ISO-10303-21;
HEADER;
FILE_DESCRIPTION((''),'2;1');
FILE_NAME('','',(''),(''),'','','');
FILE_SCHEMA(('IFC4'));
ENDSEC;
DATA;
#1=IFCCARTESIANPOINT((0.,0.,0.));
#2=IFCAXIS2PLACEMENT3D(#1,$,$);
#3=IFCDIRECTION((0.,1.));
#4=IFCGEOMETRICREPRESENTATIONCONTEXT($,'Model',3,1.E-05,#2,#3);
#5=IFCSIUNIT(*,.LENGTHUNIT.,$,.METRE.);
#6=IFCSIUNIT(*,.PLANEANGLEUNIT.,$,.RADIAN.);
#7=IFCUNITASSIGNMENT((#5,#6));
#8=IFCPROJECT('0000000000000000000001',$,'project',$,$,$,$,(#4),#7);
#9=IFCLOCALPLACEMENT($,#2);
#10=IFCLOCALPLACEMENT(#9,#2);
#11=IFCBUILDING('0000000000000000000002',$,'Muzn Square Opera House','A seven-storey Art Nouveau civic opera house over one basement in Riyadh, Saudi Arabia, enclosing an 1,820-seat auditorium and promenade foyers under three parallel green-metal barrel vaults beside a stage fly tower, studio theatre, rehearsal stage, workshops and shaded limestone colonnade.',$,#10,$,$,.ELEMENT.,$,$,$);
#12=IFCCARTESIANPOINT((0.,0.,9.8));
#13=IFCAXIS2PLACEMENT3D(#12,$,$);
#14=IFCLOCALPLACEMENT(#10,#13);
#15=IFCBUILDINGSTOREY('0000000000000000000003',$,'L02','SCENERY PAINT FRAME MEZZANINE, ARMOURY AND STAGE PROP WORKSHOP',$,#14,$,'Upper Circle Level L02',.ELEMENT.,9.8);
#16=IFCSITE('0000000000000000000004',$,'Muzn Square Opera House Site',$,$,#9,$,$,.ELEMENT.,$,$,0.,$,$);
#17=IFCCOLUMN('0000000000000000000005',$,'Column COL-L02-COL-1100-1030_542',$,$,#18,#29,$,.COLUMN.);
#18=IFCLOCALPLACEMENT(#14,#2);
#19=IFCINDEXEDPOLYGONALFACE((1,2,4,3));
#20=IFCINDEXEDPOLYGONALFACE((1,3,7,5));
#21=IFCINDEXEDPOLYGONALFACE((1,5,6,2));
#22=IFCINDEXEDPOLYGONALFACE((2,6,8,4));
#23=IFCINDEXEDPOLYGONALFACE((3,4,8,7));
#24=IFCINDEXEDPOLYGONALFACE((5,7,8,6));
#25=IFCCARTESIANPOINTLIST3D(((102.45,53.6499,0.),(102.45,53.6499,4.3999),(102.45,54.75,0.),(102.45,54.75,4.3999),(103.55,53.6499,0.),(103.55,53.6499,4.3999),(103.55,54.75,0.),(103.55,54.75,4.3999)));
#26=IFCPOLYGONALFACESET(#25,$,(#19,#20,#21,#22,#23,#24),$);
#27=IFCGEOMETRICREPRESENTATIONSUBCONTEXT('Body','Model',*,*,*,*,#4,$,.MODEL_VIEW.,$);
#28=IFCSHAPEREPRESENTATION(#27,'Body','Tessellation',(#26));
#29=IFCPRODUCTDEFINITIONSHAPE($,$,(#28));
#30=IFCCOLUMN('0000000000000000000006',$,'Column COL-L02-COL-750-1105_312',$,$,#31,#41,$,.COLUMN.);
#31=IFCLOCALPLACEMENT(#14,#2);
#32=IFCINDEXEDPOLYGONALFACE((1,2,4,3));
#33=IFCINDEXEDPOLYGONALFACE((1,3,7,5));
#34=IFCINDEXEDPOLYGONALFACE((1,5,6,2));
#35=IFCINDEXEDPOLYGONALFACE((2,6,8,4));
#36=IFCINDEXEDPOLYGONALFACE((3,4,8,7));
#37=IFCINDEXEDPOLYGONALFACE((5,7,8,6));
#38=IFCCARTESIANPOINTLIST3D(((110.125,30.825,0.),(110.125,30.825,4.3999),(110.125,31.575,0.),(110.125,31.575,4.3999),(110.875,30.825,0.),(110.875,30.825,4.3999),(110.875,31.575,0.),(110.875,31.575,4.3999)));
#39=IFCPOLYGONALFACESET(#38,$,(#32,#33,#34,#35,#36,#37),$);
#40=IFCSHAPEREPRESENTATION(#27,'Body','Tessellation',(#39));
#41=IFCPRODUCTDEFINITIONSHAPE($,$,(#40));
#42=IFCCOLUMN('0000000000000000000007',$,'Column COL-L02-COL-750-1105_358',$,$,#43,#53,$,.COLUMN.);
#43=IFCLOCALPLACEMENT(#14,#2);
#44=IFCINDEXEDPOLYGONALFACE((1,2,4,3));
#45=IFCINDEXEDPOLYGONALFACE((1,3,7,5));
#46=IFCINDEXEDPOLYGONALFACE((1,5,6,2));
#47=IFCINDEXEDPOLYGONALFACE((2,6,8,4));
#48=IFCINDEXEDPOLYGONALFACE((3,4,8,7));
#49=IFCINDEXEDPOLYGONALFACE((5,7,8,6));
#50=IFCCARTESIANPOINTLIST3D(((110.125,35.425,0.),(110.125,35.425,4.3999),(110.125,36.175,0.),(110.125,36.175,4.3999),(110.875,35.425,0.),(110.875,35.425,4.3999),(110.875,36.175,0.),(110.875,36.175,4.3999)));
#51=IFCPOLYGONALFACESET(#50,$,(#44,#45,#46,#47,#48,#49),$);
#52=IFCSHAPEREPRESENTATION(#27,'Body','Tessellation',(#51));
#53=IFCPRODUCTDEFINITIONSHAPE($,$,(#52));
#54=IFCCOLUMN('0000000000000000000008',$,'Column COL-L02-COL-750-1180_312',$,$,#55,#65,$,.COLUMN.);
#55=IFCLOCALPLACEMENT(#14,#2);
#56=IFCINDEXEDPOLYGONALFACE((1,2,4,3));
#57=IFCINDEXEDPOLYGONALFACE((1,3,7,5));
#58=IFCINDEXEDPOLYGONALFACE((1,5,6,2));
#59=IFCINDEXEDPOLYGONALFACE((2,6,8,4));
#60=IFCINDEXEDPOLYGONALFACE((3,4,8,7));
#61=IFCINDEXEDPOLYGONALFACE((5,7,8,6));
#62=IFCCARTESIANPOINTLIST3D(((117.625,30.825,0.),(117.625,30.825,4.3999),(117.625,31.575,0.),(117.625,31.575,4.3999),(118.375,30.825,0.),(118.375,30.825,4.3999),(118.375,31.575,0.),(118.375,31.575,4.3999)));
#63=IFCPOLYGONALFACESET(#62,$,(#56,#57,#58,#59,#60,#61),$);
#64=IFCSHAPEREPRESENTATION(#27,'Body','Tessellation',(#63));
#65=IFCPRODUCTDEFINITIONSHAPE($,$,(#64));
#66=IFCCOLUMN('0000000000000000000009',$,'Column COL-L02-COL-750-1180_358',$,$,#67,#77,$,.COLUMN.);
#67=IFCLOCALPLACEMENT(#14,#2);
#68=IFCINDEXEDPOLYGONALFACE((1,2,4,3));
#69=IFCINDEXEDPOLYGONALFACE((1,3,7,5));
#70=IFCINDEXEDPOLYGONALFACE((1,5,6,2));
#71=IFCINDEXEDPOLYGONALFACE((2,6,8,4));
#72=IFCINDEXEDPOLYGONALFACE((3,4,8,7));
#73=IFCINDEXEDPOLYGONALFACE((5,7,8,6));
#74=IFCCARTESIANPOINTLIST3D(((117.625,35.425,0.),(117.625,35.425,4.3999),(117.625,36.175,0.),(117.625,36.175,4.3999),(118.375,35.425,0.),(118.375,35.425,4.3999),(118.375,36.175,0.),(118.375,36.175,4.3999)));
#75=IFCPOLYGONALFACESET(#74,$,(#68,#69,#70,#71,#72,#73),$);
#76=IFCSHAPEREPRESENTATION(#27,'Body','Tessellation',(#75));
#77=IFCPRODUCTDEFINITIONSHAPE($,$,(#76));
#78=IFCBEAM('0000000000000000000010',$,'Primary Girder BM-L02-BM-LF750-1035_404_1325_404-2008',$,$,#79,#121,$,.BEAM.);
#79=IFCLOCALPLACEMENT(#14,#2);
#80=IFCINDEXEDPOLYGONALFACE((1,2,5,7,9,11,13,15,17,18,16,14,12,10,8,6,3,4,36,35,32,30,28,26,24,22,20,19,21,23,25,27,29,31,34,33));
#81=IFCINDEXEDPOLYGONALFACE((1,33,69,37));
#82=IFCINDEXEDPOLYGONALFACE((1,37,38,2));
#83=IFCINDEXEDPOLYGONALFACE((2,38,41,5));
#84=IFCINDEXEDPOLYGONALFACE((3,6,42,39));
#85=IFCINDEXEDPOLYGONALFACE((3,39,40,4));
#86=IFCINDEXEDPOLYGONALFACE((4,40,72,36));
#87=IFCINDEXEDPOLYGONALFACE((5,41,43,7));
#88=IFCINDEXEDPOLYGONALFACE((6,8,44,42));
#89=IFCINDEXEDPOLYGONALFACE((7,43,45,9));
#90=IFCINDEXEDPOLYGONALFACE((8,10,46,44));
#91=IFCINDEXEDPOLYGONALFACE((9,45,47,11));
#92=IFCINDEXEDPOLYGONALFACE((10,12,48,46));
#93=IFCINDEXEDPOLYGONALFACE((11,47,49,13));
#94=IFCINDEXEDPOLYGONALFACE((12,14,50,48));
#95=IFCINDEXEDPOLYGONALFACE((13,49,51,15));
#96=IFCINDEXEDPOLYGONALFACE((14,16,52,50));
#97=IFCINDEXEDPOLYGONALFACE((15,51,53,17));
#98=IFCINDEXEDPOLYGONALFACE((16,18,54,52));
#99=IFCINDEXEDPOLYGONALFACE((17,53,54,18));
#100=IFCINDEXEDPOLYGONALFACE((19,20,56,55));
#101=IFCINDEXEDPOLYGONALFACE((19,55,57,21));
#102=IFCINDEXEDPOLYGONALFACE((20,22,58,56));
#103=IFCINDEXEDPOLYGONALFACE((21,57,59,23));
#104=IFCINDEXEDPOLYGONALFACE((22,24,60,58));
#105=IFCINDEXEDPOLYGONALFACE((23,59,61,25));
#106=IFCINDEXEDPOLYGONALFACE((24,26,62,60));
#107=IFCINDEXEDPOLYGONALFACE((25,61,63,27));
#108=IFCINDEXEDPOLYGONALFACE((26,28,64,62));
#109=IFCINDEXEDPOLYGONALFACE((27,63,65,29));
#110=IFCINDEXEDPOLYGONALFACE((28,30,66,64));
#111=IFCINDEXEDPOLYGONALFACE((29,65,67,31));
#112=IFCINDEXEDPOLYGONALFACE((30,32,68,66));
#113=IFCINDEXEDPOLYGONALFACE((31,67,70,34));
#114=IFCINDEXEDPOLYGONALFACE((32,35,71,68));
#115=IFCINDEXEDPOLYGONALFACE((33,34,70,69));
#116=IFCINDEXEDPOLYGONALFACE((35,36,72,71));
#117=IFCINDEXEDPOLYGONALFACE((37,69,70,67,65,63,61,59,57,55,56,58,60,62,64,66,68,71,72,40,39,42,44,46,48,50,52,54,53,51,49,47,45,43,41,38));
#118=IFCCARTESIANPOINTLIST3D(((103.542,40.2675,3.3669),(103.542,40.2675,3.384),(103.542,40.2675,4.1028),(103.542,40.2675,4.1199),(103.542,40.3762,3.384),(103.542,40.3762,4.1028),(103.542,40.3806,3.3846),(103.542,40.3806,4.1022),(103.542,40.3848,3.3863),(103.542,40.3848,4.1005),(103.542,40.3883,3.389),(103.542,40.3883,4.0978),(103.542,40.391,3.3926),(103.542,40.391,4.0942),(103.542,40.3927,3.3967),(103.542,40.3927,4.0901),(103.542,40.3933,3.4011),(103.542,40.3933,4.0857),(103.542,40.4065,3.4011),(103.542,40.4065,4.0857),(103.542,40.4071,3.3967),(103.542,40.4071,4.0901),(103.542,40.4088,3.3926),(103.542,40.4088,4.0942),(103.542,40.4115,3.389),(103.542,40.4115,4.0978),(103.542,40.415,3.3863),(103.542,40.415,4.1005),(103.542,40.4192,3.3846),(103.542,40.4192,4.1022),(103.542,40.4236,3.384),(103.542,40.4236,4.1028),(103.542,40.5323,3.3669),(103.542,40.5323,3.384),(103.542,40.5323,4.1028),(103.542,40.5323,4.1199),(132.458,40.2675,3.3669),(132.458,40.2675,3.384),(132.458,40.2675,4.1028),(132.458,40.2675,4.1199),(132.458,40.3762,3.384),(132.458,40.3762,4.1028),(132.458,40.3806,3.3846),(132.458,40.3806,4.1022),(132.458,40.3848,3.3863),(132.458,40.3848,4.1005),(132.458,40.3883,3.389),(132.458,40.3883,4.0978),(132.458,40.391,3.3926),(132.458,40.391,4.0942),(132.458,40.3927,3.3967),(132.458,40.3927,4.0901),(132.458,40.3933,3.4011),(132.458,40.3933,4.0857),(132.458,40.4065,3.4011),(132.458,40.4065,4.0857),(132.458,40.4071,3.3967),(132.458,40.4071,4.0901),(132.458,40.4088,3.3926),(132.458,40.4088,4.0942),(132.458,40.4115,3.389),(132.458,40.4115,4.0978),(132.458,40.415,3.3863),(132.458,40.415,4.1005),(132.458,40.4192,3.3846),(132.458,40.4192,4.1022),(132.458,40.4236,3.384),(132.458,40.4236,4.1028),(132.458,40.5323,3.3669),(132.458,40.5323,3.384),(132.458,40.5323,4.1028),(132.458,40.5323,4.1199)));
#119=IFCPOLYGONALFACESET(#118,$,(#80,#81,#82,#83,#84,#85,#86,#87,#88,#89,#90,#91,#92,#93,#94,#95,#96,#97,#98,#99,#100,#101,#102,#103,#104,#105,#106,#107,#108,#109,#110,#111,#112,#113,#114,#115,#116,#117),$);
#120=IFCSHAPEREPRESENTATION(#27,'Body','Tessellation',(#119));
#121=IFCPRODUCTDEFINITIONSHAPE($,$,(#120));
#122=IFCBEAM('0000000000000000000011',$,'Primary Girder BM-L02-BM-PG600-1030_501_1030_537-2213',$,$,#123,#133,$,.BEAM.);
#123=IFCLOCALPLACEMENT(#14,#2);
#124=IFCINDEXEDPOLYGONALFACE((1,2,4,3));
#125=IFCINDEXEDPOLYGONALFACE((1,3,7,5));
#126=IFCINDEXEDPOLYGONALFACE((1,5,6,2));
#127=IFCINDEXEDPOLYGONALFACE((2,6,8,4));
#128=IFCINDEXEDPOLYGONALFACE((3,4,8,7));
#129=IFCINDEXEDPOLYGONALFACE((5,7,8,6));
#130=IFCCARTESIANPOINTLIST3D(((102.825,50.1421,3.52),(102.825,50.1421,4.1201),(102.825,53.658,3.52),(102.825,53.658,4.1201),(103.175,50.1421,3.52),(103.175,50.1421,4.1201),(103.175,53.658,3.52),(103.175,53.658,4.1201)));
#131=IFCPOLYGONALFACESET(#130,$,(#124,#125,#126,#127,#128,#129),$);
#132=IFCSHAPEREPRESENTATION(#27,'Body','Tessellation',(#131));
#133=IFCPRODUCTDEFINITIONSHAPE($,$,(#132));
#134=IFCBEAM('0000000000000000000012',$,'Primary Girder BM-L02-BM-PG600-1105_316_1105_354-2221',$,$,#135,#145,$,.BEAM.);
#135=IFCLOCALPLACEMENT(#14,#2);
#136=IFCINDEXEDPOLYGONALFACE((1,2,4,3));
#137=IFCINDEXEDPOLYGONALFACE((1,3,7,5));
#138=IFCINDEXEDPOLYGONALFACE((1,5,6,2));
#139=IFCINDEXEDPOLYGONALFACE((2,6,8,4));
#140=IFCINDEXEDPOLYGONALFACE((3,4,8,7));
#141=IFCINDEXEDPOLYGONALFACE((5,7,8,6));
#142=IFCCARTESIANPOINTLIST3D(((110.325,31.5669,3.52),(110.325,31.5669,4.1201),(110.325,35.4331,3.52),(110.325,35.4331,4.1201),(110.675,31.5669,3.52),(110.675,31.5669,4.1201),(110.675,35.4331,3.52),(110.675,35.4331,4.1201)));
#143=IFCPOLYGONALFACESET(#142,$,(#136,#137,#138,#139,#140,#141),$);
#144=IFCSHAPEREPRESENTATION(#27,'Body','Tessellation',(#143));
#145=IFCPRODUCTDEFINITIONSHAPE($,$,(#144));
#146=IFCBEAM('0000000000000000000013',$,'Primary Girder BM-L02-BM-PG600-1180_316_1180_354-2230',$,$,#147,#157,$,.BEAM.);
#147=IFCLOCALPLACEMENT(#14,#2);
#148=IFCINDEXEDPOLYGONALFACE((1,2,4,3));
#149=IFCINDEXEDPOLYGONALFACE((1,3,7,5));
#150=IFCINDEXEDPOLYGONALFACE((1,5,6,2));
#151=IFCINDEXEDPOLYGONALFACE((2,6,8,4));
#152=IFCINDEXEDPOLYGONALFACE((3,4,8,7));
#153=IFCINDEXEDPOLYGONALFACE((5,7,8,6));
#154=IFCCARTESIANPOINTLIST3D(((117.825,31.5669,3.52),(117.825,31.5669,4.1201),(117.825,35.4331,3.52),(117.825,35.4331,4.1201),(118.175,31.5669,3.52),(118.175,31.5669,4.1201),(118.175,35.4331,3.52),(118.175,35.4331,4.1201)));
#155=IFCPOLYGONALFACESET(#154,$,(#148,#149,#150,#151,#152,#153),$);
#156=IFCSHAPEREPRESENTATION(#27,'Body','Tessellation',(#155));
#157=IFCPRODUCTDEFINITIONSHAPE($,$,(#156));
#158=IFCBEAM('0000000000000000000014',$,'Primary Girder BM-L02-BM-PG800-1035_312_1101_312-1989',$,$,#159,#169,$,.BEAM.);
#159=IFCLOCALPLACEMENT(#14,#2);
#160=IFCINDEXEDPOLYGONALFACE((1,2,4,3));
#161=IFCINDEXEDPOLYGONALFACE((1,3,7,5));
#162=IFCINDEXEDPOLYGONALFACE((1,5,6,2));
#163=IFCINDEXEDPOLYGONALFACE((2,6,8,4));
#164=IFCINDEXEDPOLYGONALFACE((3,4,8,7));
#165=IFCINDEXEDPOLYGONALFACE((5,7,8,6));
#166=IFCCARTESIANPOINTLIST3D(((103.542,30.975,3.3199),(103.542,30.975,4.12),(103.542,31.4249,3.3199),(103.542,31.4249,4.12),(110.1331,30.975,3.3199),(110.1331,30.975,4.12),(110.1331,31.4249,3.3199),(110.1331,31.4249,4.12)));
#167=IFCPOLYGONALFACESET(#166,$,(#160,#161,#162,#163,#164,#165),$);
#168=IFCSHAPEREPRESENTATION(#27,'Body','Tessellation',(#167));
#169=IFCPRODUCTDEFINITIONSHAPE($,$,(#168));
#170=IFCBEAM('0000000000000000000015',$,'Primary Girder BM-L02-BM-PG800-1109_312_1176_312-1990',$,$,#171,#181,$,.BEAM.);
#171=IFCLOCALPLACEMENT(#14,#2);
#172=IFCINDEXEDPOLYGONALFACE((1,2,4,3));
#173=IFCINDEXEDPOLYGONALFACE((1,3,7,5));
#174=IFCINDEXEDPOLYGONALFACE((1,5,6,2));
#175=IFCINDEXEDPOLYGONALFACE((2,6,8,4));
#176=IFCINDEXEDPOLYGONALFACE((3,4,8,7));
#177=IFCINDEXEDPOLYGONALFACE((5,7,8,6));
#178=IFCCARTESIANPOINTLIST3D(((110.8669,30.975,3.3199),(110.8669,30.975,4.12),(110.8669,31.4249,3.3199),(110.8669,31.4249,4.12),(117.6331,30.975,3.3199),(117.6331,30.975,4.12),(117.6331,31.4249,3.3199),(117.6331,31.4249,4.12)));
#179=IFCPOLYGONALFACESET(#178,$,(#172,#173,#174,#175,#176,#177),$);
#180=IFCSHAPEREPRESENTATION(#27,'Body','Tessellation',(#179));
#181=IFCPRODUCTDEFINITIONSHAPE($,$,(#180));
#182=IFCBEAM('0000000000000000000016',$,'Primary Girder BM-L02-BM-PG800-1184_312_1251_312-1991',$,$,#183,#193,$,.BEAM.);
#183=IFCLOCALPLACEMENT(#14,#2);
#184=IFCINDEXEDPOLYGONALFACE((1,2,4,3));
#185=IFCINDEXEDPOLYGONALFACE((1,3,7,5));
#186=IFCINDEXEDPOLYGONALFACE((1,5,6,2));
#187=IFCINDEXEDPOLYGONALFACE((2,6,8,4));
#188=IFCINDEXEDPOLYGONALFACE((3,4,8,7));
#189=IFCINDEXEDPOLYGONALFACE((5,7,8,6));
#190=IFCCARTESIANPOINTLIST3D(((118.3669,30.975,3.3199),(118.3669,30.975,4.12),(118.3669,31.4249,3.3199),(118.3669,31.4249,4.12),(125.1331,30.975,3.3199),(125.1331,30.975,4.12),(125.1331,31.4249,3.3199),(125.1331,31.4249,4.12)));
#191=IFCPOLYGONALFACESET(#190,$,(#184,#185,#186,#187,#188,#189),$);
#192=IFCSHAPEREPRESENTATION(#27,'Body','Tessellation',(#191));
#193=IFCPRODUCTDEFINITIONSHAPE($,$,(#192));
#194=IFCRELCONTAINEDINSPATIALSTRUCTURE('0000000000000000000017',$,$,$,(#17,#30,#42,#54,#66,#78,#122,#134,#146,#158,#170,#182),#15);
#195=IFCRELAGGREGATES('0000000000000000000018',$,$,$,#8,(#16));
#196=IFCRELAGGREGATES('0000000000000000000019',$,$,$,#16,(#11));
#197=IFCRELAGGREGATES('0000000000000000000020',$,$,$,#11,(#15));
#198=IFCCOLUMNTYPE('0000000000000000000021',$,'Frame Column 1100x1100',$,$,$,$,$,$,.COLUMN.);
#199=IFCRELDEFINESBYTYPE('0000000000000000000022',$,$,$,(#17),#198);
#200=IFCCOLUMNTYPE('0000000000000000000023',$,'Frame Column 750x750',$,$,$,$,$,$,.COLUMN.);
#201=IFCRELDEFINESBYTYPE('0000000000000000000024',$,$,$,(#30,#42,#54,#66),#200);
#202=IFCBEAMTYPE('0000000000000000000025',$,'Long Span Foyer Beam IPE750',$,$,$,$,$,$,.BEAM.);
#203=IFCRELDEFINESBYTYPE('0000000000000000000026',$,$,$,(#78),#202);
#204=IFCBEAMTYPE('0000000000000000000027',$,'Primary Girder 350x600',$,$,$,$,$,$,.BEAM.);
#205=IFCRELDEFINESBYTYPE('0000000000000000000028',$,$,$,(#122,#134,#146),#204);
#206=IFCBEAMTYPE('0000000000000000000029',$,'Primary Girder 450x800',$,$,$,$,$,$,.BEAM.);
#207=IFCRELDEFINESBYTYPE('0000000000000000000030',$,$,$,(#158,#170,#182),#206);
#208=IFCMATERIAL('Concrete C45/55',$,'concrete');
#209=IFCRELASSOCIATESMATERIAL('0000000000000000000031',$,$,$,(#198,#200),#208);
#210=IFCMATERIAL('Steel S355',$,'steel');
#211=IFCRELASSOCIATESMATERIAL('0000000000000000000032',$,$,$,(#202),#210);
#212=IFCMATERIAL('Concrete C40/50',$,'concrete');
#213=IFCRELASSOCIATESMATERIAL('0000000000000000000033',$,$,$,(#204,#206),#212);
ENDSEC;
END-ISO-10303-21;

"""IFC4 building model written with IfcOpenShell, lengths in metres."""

from ifc_helpers import new_model, si_unit, direction, frame, origin, origin_2d, place, context, subcontext, project, spatial, rectangle, i_section, extrude, material, material_profile, profile_set, type_object, element, save


model = new_model("IFC4")

# Units and contexts
model_context = context("Model", 3, precision=1e-05, world=origin(), true_north=direction((0.0, 1.0)))
body_context = subcontext(model_context, "Body", "Model", "MODEL_VIEW")
ifc_project = project(units=[si_unit("LENGTHUNIT", "METRE"), si_unit("PLANEANGLEUNIT", "RADIAN")], contexts=[model_context])

# Site, building, storey
site_placement = place(None, origin())
site = spatial("IfcSite", under=ifc_project, at=site_placement, Name="Muzn Square Opera House Site", CompositionType="ELEMENT", RefElevation=0.0)
building_placement = place(site_placement, origin())
building = spatial("IfcBuilding", under=site, at=building_placement, Name="Muzn Square Opera House", Description="A seven-storey Art Nouveau civic opera house over one basement in Riyadh, Saudi Arabia, enclosing an 1,820-seat auditorium and promenade foyers under three parallel green-metal barrel vaults beside a stage fly tower, studio theatre, rehearsal stage, workshops and shaded limestone colonnade.", CompositionType="ELEMENT")
storey_placement = place(building_placement, frame((0.0, 0.0, 9.8)))
storey = spatial("IfcBuildingStorey", under=building, at=storey_placement, Name="L02", Description="SCENERY PAINT FRAME MEZZANINE, ARMOURY AND STAGE PROP WORKSHOP", LongName="Upper Circle Level L02", CompositionType="ELEMENT", Elevation=9.8)

# Columns
ifc_material_1 = material(Name="Concrete C45/55", Category="concrete")
ifc_material_profile_1 = material_profile(ifc_material_1, rectangle(XDim=1.1001, YDim=1.1001, at=origin_2d()), Name="RC 1100x1100", Category="concrete")
ifc_profile_set_1 = profile_set([ifc_material_profile_1], Name="Concrete C45/55")
column_type_1 = type_object("IfcColumnType", Name="Frame Column 1100x1100", PredefinedType="COLUMN", material=ifc_profile_set_1)
column_placement = place(storey_placement, frame((103.0, 54.2, 0.0), z_axis=(0.0, 0.0, 1.0), x_axis=(1.0, 0.0, 0.0)))
element("IfcColumn", 1, at=column_placement, inside=storey, type_object=column_type_1, Name="Column COL-L02-COL-1100-1030_542", PredefinedType="COLUMN", context=body_context, shape_type="SweptSolid", body=[
    extrude(rectangle(XDim=1.1001, YDim=1.1001, at=origin_2d()), origin(), (0.0, 0.0, 1.0), 4.3999),
])
ifc_material_profile_2 = material_profile(ifc_material_1, rectangle(XDim=0.75, YDim=0.75, at=origin_2d()), Name="RC 750x750", Category="concrete")
ifc_profile_set_2 = profile_set([ifc_material_profile_2], Name="Concrete C45/55")
column_type_2 = type_object("IfcColumnType", Name="Frame Column 750x750", PredefinedType="COLUMN", material=ifc_profile_set_2)
for number, where, z_axis, x_axis, name in (
    (2, (110.5, 31.2, 0.0), (0.0, 0.0, 1.0), (1.0, 0.0, 0.0), "Column COL-L02-COL-750-1105_312"),
    (3, (110.5, 35.8, 0.0), (0.0, 0.0, 1.0), (1.0, 0.0, 0.0), "Column COL-L02-COL-750-1105_358"),
    (4, (118.0, 31.2, 0.0), (0.0, 0.0, 1.0), (1.0, 0.0, 0.0), "Column COL-L02-COL-750-1180_312"),
    (5, (118.0, 35.8, 0.0), (0.0, 0.0, 1.0), (1.0, 0.0, 0.0), "Column COL-L02-COL-750-1180_358"),
):
    element("IfcColumn", number, at=place(storey_placement, frame(where, z_axis=z_axis, x_axis=x_axis)), inside=storey, type_object=column_type_2, Name=name, PredefinedType="COLUMN", context=body_context, shape_type="SweptSolid", body=[
        extrude(rectangle(XDim=0.75, YDim=0.75, at=origin_2d()), origin(), (0.0, 0.0, 1.0), 4.3999),
    ])

# Beams
ifc_material_2 = material(Name="Steel S355", Category="steel")
ifc_material_profile_3 = material_profile(ifc_material_2, i_section(OverallWidth=0.2649, OverallDepth=0.7529, WebThickness=0.0132, FlangeThickness=0.0171, FilletRadius=0.0171, at=origin_2d()), Name="IPE 750x147", Category="steel")
ifc_profile_set_3 = profile_set([ifc_material_profile_3], Name="Steel S355")
beam_type_1 = type_object("IfcBeamType", Name="Long Span Foyer Beam IPE750", PredefinedType="BEAM", material=ifc_profile_set_3)
beam_1_placement = place(storey_placement, frame((103.542, 40.3999, 3.7434), z_axis=(1.0, 0.0, 0.0), x_axis=(0.0, 1.0, 0.0)))
element("IfcBeam", 6, at=beam_1_placement, inside=storey, type_object=beam_type_1, Name="Primary Girder BM-L02-BM-LF750-1035_404_1325_404-2008", PredefinedType="BEAM", context=body_context, shape_type="SweptSolid", body=[
    extrude(i_section(OverallWidth=0.2649, OverallDepth=0.7529, WebThickness=0.0132, FlangeThickness=0.0171, FilletRadius=0.0171, at=origin_2d()), origin(), (0.0, 0.0, 1.0), 28.916),
])
ifc_material_3 = material(Name="Concrete C40/50", Category="concrete")
ifc_material_profile_4 = material_profile(ifc_material_3, rectangle(XDim=0.3501, YDim=0.6001, at=origin_2d()), Name="RCB 350x600", Category="concrete")
ifc_profile_set_4 = profile_set([ifc_material_profile_4], Name="Concrete C40/50")
beam_type_2 = type_object("IfcBeamType", Name="Primary Girder 350x600", PredefinedType="BEAM", material=ifc_profile_set_4)
beam_2_placement = place(storey_placement, frame((103.0, 50.1421, 3.8201), z_axis=(0.0, 1.0, 0.0), x_axis=(-1.0, 0.0, 0.0)))
element("IfcBeam", 7, at=beam_2_placement, inside=storey, type_object=beam_type_2, Name="Primary Girder BM-L02-BM-PG600-1030_501_1030_537-2213", PredefinedType="BEAM", context=body_context, shape_type="SweptSolid", body=[
    extrude(rectangle(XDim=0.3501, YDim=0.6001, at=origin_2d()), origin(), (0.0, 0.0, 1.0), 3.5159),
])
for number, where, z_axis, x_axis, name in (
    (8, (110.5, 31.5669, 3.8201), (0.0, 1.0, 0.0), (-1.0, 0.0, 0.0), "Primary Girder BM-L02-BM-PG600-1105_316_1105_354-2221"),
    (9, (118.0, 31.5669, 3.8201), (0.0, 1.0, 0.0), (-1.0, 0.0, 0.0), "Primary Girder BM-L02-BM-PG600-1180_316_1180_354-2230"),
):
    element("IfcBeam", number, at=place(storey_placement, frame(where, z_axis=z_axis, x_axis=x_axis)), inside=storey, type_object=beam_type_2, Name=name, PredefinedType="BEAM", context=body_context, shape_type="SweptSolid", body=[
        extrude(rectangle(XDim=0.3501, YDim=0.6001, at=origin_2d()), origin(), (0.0, 0.0, 1.0), 3.8662),
    ])
ifc_material_profile_5 = material_profile(ifc_material_3, rectangle(XDim=0.45, YDim=0.8, at=origin_2d()), Name="RCB 450x800", Category="concrete")
ifc_profile_set_5 = profile_set([ifc_material_profile_5], Name="Concrete C40/50")
beam_type_3 = type_object("IfcBeamType", Name="Primary Girder 450x800", PredefinedType="BEAM", material=ifc_profile_set_5)
beam_3_placement = place(storey_placement, frame((103.542, 31.2, 3.72), z_axis=(1.0, 0.0, 0.0), x_axis=(0.0, 1.0, 0.0)))
element("IfcBeam", 10, at=beam_3_placement, inside=storey, type_object=beam_type_3, Name="Primary Girder BM-L02-BM-PG800-1035_312_1101_312-1989", PredefinedType="BEAM", context=body_context, shape_type="SweptSolid", body=[
    extrude(rectangle(XDim=0.45, YDim=0.8, at=origin_2d()), origin(), (0.0, 0.0, 1.0), 6.5911),
])
for number, where, z_axis, x_axis, name in (
    (11, (110.8669, 31.2, 3.72), (1.0, 0.0, 0.0), (0.0, 1.0, 0.0), "Primary Girder BM-L02-BM-PG800-1109_312_1176_312-1990"),
    (12, (118.3669, 31.2, 3.72), (1.0, 0.0, 0.0), (0.0, 1.0, 0.0), "Primary Girder BM-L02-BM-PG800-1184_312_1251_312-1991"),
):
    element("IfcBeam", number, at=place(storey_placement, frame(where, z_axis=z_axis, x_axis=x_axis)), inside=storey, type_object=beam_type_3, Name=name, PredefinedType="BEAM", context=body_context, shape_type="SweptSolid", body=[
        extrude(rectangle(XDim=0.45, YDim=0.8, at=origin_2d()), origin(), (0.0, 0.0, 1.0), 6.7661),
    ])

save(model, "model.ifc")
